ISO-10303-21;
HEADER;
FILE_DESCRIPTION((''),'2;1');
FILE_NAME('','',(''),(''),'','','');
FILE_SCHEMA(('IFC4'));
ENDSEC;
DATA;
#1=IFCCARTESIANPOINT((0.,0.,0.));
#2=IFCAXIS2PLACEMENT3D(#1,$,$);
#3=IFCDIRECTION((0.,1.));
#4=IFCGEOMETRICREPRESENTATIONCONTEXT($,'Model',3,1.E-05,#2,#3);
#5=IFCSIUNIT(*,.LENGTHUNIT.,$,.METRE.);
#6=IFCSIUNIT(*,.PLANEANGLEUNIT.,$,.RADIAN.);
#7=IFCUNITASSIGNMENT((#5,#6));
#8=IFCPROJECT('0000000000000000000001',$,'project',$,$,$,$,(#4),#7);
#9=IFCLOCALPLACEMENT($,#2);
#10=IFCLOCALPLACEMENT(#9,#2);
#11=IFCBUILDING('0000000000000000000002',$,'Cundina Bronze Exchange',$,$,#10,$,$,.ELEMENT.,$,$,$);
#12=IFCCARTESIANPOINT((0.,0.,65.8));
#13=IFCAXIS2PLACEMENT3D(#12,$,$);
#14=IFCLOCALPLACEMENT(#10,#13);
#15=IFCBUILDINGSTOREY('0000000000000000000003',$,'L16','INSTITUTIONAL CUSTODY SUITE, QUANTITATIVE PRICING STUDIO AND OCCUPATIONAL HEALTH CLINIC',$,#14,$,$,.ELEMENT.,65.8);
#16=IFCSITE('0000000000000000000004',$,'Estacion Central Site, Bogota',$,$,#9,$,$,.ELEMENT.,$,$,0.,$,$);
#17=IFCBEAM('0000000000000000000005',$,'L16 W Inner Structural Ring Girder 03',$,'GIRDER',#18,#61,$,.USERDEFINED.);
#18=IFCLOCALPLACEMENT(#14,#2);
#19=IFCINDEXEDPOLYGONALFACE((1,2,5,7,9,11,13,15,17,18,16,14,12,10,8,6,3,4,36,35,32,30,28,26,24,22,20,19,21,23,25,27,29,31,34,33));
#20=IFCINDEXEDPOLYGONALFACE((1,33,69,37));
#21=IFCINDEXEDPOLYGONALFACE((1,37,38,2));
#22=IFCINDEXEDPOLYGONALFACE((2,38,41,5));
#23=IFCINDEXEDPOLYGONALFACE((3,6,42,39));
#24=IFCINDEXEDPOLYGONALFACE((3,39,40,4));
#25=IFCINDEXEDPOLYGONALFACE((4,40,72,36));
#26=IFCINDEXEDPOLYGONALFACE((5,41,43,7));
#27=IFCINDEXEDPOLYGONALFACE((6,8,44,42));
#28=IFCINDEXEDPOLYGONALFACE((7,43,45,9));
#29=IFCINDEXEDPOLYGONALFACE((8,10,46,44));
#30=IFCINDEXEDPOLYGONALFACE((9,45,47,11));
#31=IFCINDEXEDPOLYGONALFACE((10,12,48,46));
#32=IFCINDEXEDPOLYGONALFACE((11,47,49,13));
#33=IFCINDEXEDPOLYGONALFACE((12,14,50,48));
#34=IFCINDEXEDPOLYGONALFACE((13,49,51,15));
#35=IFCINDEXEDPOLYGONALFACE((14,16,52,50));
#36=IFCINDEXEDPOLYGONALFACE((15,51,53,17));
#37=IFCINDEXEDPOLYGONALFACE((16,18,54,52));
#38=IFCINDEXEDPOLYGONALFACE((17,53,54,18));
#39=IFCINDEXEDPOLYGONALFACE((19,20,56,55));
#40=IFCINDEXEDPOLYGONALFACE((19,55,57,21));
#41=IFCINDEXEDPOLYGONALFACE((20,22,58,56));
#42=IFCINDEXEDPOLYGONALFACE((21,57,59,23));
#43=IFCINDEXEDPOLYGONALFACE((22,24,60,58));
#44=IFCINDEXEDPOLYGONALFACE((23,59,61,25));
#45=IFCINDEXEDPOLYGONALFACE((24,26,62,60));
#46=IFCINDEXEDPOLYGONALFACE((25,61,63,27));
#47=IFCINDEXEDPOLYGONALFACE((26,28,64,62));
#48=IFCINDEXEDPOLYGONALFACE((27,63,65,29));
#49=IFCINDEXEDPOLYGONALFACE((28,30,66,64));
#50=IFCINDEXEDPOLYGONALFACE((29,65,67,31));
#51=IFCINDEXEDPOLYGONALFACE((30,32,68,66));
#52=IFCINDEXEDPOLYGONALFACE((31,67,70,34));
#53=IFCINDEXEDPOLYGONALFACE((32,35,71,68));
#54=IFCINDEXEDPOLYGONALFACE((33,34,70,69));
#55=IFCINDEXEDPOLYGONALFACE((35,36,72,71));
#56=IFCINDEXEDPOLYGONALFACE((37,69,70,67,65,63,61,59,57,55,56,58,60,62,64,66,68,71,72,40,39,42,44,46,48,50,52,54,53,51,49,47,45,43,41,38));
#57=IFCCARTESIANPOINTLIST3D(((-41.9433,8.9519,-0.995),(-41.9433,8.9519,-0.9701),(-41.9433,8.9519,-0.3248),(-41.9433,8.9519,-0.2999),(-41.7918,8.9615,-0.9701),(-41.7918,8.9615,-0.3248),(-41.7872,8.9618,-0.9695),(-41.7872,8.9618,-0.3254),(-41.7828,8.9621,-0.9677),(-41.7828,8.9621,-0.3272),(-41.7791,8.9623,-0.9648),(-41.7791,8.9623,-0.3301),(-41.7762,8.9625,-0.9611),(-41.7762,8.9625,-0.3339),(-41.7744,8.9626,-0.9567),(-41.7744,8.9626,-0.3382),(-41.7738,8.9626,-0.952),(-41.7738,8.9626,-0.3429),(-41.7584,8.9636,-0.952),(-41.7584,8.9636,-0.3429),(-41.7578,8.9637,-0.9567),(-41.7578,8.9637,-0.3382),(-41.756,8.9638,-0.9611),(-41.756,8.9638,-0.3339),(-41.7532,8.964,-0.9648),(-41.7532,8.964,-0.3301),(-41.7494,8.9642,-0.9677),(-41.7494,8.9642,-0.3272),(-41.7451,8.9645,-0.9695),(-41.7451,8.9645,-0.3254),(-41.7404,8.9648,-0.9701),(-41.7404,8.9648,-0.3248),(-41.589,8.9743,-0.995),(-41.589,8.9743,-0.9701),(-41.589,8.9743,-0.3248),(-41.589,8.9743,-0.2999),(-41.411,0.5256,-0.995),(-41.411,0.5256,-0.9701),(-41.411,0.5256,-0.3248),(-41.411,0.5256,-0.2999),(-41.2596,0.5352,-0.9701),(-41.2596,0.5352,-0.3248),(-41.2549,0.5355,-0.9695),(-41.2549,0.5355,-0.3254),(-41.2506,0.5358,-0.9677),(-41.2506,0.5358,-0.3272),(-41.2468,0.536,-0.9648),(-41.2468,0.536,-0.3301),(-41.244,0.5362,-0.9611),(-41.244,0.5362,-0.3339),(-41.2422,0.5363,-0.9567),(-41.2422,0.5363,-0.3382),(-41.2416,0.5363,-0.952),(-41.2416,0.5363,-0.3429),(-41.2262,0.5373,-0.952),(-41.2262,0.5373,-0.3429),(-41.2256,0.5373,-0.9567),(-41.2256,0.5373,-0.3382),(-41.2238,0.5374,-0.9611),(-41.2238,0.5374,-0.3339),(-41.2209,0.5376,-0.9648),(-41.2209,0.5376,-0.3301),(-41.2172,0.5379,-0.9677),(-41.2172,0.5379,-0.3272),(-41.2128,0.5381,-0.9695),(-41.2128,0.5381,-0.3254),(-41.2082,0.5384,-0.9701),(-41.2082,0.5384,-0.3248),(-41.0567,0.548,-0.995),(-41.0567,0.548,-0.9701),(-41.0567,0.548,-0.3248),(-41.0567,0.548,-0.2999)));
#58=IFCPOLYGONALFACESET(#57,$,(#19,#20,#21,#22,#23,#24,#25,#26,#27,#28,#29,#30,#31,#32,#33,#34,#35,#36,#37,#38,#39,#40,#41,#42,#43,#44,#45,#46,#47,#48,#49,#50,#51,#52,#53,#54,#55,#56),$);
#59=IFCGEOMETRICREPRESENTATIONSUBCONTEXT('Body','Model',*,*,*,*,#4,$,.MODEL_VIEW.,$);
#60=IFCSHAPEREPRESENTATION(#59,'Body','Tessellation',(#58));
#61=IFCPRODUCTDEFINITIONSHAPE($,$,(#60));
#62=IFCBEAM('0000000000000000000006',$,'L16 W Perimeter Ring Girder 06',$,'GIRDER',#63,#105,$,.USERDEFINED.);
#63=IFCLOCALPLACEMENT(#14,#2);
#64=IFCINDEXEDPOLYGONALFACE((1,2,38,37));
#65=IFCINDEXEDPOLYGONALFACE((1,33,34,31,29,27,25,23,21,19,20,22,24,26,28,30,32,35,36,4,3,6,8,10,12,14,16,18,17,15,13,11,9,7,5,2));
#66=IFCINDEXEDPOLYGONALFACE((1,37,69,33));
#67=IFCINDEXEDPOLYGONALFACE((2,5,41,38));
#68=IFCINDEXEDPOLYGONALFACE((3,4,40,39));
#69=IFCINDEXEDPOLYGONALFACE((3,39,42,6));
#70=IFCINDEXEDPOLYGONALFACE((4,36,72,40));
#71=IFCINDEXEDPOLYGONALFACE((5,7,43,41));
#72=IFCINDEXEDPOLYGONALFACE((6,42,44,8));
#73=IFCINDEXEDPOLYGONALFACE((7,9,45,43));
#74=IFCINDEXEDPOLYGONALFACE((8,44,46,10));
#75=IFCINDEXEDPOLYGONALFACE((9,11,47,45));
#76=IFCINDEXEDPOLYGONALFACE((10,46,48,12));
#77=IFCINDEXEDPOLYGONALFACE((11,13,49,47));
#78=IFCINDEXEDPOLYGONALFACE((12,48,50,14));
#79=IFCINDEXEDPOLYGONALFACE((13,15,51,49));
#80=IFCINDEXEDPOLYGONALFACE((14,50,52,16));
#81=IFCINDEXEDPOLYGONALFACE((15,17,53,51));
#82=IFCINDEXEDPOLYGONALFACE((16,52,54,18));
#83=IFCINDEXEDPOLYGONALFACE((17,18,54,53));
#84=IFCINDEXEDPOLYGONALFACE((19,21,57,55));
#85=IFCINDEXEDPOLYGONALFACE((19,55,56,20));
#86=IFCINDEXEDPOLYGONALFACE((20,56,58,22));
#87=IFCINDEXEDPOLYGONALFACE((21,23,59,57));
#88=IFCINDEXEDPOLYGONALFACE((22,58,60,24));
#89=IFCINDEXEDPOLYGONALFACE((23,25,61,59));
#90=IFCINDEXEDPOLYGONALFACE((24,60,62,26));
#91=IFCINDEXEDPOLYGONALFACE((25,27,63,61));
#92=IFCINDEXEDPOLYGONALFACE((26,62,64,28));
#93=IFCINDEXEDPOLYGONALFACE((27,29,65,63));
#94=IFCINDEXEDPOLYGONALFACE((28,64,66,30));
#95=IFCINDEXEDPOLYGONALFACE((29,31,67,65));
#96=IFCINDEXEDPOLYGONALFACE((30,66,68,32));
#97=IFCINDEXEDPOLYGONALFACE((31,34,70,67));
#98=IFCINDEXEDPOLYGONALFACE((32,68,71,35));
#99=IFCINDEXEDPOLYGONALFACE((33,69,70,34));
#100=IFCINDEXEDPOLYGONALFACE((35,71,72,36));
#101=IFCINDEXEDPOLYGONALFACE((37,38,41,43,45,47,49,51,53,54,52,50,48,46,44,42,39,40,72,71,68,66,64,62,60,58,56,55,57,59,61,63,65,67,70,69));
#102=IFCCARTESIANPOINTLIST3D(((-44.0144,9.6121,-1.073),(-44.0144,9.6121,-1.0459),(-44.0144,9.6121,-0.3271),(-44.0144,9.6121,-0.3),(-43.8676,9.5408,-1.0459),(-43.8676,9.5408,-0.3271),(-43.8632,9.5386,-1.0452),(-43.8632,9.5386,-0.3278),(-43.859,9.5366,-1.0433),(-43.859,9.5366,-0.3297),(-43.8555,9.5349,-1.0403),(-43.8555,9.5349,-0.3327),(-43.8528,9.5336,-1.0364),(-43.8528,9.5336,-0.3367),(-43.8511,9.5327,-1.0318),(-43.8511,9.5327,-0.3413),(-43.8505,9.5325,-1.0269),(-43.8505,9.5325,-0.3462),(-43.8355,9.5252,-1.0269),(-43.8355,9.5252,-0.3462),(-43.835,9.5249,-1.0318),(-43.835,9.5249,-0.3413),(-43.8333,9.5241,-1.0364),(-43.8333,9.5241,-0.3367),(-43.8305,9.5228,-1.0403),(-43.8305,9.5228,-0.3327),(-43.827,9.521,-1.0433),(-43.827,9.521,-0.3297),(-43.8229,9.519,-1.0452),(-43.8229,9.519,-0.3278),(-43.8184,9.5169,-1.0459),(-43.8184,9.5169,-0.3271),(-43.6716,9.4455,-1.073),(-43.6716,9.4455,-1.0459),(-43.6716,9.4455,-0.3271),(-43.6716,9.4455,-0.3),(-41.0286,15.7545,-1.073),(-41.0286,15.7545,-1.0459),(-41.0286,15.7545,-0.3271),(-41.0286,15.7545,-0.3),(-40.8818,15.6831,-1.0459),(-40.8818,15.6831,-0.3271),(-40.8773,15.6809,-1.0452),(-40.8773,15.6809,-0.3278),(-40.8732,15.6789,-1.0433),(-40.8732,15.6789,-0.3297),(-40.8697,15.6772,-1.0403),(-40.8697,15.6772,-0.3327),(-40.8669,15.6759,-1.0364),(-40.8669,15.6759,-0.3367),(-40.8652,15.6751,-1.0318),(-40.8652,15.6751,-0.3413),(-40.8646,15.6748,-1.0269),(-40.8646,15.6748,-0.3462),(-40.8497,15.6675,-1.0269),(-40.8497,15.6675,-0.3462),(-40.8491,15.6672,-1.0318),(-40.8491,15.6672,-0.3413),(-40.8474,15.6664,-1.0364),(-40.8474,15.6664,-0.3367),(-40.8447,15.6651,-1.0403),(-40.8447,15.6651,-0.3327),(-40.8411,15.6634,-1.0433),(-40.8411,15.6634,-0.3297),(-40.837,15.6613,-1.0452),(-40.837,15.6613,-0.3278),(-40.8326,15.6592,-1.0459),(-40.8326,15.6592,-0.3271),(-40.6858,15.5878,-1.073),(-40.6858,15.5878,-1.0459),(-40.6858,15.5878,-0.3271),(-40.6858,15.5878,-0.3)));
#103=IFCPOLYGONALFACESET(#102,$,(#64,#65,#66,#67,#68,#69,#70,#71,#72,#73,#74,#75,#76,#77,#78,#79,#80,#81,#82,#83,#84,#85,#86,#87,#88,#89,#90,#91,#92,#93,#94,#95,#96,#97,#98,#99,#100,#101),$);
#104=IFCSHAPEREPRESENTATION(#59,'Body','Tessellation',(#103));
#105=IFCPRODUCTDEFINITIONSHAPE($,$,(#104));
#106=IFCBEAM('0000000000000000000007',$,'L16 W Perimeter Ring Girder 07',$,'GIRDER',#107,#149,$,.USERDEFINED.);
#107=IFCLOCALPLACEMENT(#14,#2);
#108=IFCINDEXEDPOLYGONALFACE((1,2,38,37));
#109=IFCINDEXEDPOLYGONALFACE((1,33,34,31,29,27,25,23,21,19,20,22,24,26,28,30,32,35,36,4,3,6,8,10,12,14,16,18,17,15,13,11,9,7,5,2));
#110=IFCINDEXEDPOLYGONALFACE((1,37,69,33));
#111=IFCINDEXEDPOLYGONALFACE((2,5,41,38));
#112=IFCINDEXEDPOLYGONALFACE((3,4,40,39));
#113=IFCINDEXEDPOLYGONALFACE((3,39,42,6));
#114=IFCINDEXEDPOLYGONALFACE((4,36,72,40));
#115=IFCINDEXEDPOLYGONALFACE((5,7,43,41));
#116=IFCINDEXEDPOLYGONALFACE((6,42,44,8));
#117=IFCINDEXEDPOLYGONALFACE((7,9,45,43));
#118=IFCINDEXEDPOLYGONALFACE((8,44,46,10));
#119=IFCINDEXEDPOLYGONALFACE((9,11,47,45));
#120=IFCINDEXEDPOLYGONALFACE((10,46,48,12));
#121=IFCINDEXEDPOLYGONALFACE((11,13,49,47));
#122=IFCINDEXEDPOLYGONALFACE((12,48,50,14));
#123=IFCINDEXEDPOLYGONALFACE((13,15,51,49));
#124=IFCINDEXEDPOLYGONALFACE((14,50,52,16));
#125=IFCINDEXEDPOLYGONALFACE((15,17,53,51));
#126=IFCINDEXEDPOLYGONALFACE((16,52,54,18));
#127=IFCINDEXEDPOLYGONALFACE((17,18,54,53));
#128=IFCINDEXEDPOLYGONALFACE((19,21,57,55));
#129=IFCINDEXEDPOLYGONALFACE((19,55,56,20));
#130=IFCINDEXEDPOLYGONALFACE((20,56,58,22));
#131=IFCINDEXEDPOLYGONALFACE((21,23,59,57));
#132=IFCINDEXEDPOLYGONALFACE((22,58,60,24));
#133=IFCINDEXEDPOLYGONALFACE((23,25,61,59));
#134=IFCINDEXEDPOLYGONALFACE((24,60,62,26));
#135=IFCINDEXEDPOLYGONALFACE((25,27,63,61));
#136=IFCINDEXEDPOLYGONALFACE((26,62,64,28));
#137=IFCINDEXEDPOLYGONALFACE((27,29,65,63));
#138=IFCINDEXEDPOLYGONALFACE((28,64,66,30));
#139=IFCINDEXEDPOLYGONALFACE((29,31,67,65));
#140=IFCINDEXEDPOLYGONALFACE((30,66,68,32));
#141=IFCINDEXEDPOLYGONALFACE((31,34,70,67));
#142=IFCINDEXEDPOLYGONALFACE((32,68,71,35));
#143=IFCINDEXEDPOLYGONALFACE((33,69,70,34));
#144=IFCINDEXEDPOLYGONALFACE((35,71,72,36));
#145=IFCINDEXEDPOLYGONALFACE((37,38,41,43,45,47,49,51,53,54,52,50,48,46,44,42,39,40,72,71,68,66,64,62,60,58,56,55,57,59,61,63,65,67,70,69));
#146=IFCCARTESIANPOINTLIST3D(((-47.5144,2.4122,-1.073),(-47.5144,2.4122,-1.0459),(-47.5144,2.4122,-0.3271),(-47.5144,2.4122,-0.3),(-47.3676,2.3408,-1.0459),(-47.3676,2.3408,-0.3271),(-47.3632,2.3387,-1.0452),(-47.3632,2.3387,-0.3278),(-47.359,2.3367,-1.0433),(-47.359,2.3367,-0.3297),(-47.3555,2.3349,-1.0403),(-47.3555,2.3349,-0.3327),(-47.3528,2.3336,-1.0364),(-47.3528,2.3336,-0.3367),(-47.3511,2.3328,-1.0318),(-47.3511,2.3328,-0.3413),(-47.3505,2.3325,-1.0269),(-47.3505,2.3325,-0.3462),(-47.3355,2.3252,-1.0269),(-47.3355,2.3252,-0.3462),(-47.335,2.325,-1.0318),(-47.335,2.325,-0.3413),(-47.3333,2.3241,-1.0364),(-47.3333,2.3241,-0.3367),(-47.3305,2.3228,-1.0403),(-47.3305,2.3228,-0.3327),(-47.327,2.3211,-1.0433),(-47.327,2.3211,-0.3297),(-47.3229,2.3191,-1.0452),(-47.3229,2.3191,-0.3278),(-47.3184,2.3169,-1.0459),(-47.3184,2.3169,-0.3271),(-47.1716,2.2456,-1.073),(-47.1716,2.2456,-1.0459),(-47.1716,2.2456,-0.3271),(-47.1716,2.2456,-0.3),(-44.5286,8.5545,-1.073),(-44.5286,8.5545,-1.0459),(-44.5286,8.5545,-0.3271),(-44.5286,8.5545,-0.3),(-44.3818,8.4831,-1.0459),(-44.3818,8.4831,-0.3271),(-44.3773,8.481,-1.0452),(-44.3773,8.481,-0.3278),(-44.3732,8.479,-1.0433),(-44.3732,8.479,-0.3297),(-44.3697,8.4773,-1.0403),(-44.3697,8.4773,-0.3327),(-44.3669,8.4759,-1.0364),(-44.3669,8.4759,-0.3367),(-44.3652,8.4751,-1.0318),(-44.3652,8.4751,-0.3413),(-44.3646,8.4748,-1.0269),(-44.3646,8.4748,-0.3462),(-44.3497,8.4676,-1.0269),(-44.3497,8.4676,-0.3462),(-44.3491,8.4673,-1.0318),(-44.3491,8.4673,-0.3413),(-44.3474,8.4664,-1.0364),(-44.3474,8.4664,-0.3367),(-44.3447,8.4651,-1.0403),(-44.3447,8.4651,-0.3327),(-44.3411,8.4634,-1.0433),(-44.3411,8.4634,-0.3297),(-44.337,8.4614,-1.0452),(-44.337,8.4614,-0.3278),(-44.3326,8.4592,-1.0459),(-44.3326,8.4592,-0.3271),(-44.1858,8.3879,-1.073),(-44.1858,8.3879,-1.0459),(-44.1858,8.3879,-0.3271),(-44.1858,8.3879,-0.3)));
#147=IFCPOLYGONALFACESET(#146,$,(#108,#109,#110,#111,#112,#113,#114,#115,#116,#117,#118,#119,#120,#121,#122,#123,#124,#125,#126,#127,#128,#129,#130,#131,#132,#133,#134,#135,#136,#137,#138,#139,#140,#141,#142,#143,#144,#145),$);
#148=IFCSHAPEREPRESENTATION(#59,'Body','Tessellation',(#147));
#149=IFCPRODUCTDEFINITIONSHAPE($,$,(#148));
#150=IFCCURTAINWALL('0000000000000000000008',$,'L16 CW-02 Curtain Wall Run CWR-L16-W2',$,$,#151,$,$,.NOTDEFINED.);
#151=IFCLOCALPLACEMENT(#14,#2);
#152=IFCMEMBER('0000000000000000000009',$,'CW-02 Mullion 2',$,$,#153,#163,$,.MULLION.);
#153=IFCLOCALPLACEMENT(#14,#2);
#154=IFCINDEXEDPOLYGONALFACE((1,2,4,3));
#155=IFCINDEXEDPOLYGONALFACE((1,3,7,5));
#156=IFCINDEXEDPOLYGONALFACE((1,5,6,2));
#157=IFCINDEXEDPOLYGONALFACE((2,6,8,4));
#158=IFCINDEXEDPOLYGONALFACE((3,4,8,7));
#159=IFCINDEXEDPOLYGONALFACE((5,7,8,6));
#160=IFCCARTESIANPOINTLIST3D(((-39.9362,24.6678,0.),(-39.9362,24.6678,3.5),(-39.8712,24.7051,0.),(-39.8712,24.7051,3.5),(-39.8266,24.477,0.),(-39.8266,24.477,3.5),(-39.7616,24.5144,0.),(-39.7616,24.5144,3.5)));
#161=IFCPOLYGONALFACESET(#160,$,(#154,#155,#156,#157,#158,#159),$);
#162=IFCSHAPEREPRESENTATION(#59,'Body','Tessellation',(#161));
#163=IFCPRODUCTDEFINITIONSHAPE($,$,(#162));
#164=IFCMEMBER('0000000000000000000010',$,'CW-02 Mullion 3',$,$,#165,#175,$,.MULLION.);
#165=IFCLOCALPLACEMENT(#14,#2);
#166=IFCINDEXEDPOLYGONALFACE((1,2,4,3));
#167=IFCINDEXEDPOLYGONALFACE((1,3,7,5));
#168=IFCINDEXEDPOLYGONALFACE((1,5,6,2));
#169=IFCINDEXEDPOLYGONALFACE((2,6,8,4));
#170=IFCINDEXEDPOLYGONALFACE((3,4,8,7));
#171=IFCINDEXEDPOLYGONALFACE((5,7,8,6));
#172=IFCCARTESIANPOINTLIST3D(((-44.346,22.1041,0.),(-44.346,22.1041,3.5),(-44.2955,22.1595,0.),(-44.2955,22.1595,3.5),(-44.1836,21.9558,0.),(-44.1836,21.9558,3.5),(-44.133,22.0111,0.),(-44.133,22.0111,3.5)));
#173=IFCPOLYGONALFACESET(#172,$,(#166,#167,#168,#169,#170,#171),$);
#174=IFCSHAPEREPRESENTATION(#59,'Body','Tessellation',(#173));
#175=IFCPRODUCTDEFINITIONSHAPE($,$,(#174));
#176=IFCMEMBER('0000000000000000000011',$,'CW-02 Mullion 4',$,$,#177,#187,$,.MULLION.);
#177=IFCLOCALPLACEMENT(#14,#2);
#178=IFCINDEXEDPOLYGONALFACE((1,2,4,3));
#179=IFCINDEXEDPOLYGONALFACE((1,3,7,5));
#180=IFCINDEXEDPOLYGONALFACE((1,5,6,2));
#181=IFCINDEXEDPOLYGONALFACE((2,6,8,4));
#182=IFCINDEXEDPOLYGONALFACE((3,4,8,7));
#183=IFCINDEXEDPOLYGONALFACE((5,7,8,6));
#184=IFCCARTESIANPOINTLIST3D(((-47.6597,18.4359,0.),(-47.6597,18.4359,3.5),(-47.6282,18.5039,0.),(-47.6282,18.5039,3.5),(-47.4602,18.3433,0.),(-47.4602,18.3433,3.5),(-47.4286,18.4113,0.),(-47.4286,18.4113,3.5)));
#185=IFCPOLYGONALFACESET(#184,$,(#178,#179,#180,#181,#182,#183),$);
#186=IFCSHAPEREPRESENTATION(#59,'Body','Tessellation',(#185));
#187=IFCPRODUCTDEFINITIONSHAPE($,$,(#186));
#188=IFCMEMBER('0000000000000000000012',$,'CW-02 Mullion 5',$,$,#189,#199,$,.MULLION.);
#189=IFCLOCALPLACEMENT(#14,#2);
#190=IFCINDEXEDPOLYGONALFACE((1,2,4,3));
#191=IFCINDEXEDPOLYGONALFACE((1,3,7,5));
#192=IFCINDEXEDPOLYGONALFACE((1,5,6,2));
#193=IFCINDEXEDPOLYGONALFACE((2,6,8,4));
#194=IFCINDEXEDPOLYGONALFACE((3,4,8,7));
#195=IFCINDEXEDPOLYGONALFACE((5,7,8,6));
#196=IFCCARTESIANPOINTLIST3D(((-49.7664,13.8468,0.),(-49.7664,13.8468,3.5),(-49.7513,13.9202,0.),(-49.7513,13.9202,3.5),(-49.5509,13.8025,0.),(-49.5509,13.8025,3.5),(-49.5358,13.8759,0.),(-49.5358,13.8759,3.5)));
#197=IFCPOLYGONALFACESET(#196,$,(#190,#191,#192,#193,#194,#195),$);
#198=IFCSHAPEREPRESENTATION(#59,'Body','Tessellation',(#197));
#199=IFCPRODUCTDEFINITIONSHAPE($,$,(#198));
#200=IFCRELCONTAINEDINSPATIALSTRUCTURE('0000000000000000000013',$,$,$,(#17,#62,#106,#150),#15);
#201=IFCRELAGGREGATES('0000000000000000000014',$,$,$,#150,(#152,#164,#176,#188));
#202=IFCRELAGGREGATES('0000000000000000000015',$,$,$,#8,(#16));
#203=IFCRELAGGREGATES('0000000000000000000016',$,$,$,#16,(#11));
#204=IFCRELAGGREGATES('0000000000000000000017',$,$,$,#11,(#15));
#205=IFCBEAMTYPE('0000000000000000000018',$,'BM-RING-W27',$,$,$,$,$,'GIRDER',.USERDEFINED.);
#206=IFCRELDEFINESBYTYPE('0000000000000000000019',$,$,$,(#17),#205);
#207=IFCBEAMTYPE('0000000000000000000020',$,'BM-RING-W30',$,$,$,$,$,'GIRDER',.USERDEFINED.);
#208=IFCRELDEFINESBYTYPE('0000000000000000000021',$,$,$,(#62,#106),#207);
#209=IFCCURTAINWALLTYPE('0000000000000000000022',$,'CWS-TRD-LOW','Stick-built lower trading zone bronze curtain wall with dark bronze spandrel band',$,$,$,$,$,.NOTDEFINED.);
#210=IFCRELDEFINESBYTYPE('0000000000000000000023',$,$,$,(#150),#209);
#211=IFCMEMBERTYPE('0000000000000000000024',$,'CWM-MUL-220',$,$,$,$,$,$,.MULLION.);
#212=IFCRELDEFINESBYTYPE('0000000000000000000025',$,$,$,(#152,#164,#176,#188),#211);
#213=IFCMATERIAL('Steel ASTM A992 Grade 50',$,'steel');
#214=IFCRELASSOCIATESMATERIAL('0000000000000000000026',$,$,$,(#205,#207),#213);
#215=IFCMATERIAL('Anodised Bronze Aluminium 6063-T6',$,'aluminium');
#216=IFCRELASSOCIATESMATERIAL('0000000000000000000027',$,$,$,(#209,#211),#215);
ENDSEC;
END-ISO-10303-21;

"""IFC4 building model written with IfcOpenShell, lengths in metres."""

from ifc_helpers import new_model, si_unit, direction, frame, origin, origin_2d, place, context, subcontext, project, spatial, rectangle, i_section, extrude, material, material_profile, profile_set, type_object, element, aggregate, save


model = new_model("IFC4")

# Units and contexts
model_context = context("Model", 3, precision=1e-05, world=origin(), true_north=direction((0.0, 1.0)))
body_context = subcontext(model_context, "Body", "Model", "MODEL_VIEW")
ifc_project = project(units=[si_unit("LENGTHUNIT", "METRE"), si_unit("PLANEANGLEUNIT", "RADIAN")], contexts=[model_context])

# Site, building, storey
site_placement = place(None, origin())
site = spatial("IfcSite", under=ifc_project, at=site_placement, Name="Estacion Central Site, Bogota", CompositionType="ELEMENT", RefElevation=0.0)
building_placement = place(site_placement, origin())
building = spatial("IfcBuilding", under=site, at=building_placement, Name="Cundina Bronze Exchange", CompositionType="ELEMENT")
storey_placement = place(building_placement, frame((0.0, 0.0, 65.8)))
storey = spatial("IfcBuildingStorey", under=building, at=storey_placement, Name="L16", Description="INSTITUTIONAL CUSTODY SUITE, QUANTITATIVE PRICING STUDIO AND OCCUPATIONAL HEALTH CLINIC", CompositionType="ELEMENT", Elevation=65.8)

# Beams
ifc_material_1 = material(Name="Steel ASTM A992 Grade 50", Category="steel")
ifc_material_profile_1 = material_profile(ifc_material_1, i_section(OverallWidth=0.355, OverallDepth=0.6951, WebThickness=0.0154, FlangeThickness=0.0249, FilletRadius=0.0181, at=origin_2d()), Name="W27X146", Category="steel")
ifc_profile_set_1 = profile_set([ifc_material_profile_1], Name="Steel ASTM A992 Grade 50")
beam_type_1 = type_object("IfcBeamType", Name="BM-RING-W27", ElementType="GIRDER", PredefinedType="USERDEFINED", material=ifc_profile_set_1)
beam_1_placement = place(storey_placement, frame((-41.7661, 8.9631, -0.6475), z_axis=(0.063037, -0.998011, 0.0), x_axis=(0.998011, 0.063037, 0.0)))
element("IfcBeam", 1, at=beam_1_placement, inside=storey, type_object=beam_type_1, Name="L16 W Inner Structural Ring Girder 03", ObjectType="GIRDER", PredefinedType="USERDEFINED", context=body_context, shape_type="SweptSolid", body=[
    extrude(i_section(OverallWidth=0.355, OverallDepth=0.6951, WebThickness=0.0154, FlangeThickness=0.0249, FilletRadius=0.0181, at=origin_2d()), origin(), (0.0, 0.0, 1.0), 8.4431),
])
ifc_material_profile_2 = material_profile(ifc_material_1, i_section(OverallWidth=0.3811, OverallDepth=0.7729, WebThickness=0.0166, FlangeThickness=0.0271, FilletRadius=0.019, at=origin_2d()), Name="W30X173", Category="steel")
ifc_profile_set_2 = profile_set([ifc_material_profile_2], Name="Steel ASTM A992 Grade 50")
beam_type_2 = type_object("IfcBeamType", Name="BM-RING-W30", ElementType="GIRDER", PredefinedType="USERDEFINED", material=ifc_profile_set_2)
for number, where, z_axis, x_axis, name in (
    (2, (-40.8572, 15.6711, -0.6865), (-0.437191, -0.899369, 0.0), (0.899369, -0.437191, 0.0), "L16 W Perimeter Ring Girder 06"),
    (3, (-44.3572, 8.4712, -0.6865), (-0.437191, -0.899369, 0.0), (0.899369, -0.437191, 0.0), "L16 W Perimeter Ring Girder 07"),
):
    element("IfcBeam", number, at=place(storey_placement, frame(where, z_axis=z_axis, x_axis=x_axis)), inside=storey, type_object=beam_type_2, Name=name, ObjectType="GIRDER", PredefinedType="USERDEFINED", context=body_context, shape_type="SweptSolid", body=[
        extrude(i_section(OverallWidth=0.3811, OverallDepth=0.7729, WebThickness=0.0166, FlangeThickness=0.0271, FilletRadius=0.019, at=origin_2d()), origin(), (0.0, 0.0, 1.0), 6.8296),
    ])

# Curtain wall, members
ifc_material_2 = material(Name="Anodised Bronze Aluminium 6063-T6", Category="aluminium")
curtain_wall_type = type_object("IfcCurtainWallType", Name="CWS-TRD-LOW", Description="Stick-built lower trading zone bronze curtain wall with dark bronze spandrel band", PredefinedType="NOTDEFINED", material=ifc_material_2)
curtain_wall_placement = place(storey_placement, origin())
curtain_wall = element("IfcCurtainWall", 4, at=curtain_wall_placement, inside=storey, type_object=curtain_wall_type, Name="L16 CW-02 Curtain Wall Run CWR-L16-W2", PredefinedType="NOTDEFINED")
ifc_material_profile_3 = material_profile(ifc_material_2, rectangle(XDim=0.075, YDim=0.22, at=origin_2d()), Name="AL75X220", Category="aluminium")
ifc_profile_set_3 = profile_set([ifc_material_profile_3], Name="Anodised Bronze Aluminium 6063-T6")
member_type_1 = type_object("IfcMemberType", Name="CWM-MUL-220", PredefinedType="MULLION", material=ifc_profile_set_3)
member_1_placement = place(storey_placement, frame((-39.8489, 24.5911, 0.0), z_axis=(0.0, 0.0, 1.0), x_axis=(-0.867071, -0.498185, 0.0)))
member_1 = element("IfcMember", 5, at=member_1_placement, type_object=member_type_1, Name="CW-02 Mullion 2", PredefinedType="MULLION", context=body_context, shape_type="SweptSolid", body=[
    extrude(rectangle(XDim=0.075, YDim=0.22, at=origin_2d()), origin(), (0.0, 0.0, 1.0), 3.5),
])
member_2_placement = place(storey_placement, frame((-44.2395, 22.0576, 0.0), z_axis=(0.0, 0.0, 1.0), x_axis=(-0.674302, -0.738455, 0.0)))
member_2 = element("IfcMember", 6, at=member_2_placement, type_object=member_type_1, Name="CW-02 Mullion 3", PredefinedType="MULLION", context=body_context, shape_type="SweptSolid", body=[
    extrude(rectangle(XDim=0.075, YDim=0.22, at=origin_2d()), origin(), (0.0, 0.0, 1.0), 3.5),
])
member_3_placement = place(storey_placement, frame((-47.5442, 18.4236, 0.0), z_axis=(0.0, 0.0, 1.0), x_axis=(-0.420877, -0.907117, 0.0)))
member_3 = element("IfcMember", 7, at=member_3_placement, type_object=member_type_1, Name="CW-02 Mullion 4", PredefinedType="MULLION", context=body_context, shape_type="SweptSolid", body=[
    extrude(rectangle(XDim=0.075, YDim=0.22, at=origin_2d()), origin(), (0.0, 0.0, 1.0), 3.5),
])
member_4_placement = place(storey_placement, frame((-49.6511, 13.8613, 0.0), z_axis=(0.0, 0.0, 1.0), x_axis=(-0.20142, -0.979505, 0.0)))
member_4 = element("IfcMember", 8, at=member_4_placement, type_object=member_type_1, Name="CW-02 Mullion 5", PredefinedType="MULLION", context=body_context, shape_type="SweptSolid", body=[
    extrude(rectangle(XDim=0.075, YDim=0.22, at=origin_2d()), origin(), (0.0, 0.0, 1.0), 3.5),
])
aggregate(curtain_wall, [member_1, member_2, member_3, member_4])

save(model, "model.ifc")
